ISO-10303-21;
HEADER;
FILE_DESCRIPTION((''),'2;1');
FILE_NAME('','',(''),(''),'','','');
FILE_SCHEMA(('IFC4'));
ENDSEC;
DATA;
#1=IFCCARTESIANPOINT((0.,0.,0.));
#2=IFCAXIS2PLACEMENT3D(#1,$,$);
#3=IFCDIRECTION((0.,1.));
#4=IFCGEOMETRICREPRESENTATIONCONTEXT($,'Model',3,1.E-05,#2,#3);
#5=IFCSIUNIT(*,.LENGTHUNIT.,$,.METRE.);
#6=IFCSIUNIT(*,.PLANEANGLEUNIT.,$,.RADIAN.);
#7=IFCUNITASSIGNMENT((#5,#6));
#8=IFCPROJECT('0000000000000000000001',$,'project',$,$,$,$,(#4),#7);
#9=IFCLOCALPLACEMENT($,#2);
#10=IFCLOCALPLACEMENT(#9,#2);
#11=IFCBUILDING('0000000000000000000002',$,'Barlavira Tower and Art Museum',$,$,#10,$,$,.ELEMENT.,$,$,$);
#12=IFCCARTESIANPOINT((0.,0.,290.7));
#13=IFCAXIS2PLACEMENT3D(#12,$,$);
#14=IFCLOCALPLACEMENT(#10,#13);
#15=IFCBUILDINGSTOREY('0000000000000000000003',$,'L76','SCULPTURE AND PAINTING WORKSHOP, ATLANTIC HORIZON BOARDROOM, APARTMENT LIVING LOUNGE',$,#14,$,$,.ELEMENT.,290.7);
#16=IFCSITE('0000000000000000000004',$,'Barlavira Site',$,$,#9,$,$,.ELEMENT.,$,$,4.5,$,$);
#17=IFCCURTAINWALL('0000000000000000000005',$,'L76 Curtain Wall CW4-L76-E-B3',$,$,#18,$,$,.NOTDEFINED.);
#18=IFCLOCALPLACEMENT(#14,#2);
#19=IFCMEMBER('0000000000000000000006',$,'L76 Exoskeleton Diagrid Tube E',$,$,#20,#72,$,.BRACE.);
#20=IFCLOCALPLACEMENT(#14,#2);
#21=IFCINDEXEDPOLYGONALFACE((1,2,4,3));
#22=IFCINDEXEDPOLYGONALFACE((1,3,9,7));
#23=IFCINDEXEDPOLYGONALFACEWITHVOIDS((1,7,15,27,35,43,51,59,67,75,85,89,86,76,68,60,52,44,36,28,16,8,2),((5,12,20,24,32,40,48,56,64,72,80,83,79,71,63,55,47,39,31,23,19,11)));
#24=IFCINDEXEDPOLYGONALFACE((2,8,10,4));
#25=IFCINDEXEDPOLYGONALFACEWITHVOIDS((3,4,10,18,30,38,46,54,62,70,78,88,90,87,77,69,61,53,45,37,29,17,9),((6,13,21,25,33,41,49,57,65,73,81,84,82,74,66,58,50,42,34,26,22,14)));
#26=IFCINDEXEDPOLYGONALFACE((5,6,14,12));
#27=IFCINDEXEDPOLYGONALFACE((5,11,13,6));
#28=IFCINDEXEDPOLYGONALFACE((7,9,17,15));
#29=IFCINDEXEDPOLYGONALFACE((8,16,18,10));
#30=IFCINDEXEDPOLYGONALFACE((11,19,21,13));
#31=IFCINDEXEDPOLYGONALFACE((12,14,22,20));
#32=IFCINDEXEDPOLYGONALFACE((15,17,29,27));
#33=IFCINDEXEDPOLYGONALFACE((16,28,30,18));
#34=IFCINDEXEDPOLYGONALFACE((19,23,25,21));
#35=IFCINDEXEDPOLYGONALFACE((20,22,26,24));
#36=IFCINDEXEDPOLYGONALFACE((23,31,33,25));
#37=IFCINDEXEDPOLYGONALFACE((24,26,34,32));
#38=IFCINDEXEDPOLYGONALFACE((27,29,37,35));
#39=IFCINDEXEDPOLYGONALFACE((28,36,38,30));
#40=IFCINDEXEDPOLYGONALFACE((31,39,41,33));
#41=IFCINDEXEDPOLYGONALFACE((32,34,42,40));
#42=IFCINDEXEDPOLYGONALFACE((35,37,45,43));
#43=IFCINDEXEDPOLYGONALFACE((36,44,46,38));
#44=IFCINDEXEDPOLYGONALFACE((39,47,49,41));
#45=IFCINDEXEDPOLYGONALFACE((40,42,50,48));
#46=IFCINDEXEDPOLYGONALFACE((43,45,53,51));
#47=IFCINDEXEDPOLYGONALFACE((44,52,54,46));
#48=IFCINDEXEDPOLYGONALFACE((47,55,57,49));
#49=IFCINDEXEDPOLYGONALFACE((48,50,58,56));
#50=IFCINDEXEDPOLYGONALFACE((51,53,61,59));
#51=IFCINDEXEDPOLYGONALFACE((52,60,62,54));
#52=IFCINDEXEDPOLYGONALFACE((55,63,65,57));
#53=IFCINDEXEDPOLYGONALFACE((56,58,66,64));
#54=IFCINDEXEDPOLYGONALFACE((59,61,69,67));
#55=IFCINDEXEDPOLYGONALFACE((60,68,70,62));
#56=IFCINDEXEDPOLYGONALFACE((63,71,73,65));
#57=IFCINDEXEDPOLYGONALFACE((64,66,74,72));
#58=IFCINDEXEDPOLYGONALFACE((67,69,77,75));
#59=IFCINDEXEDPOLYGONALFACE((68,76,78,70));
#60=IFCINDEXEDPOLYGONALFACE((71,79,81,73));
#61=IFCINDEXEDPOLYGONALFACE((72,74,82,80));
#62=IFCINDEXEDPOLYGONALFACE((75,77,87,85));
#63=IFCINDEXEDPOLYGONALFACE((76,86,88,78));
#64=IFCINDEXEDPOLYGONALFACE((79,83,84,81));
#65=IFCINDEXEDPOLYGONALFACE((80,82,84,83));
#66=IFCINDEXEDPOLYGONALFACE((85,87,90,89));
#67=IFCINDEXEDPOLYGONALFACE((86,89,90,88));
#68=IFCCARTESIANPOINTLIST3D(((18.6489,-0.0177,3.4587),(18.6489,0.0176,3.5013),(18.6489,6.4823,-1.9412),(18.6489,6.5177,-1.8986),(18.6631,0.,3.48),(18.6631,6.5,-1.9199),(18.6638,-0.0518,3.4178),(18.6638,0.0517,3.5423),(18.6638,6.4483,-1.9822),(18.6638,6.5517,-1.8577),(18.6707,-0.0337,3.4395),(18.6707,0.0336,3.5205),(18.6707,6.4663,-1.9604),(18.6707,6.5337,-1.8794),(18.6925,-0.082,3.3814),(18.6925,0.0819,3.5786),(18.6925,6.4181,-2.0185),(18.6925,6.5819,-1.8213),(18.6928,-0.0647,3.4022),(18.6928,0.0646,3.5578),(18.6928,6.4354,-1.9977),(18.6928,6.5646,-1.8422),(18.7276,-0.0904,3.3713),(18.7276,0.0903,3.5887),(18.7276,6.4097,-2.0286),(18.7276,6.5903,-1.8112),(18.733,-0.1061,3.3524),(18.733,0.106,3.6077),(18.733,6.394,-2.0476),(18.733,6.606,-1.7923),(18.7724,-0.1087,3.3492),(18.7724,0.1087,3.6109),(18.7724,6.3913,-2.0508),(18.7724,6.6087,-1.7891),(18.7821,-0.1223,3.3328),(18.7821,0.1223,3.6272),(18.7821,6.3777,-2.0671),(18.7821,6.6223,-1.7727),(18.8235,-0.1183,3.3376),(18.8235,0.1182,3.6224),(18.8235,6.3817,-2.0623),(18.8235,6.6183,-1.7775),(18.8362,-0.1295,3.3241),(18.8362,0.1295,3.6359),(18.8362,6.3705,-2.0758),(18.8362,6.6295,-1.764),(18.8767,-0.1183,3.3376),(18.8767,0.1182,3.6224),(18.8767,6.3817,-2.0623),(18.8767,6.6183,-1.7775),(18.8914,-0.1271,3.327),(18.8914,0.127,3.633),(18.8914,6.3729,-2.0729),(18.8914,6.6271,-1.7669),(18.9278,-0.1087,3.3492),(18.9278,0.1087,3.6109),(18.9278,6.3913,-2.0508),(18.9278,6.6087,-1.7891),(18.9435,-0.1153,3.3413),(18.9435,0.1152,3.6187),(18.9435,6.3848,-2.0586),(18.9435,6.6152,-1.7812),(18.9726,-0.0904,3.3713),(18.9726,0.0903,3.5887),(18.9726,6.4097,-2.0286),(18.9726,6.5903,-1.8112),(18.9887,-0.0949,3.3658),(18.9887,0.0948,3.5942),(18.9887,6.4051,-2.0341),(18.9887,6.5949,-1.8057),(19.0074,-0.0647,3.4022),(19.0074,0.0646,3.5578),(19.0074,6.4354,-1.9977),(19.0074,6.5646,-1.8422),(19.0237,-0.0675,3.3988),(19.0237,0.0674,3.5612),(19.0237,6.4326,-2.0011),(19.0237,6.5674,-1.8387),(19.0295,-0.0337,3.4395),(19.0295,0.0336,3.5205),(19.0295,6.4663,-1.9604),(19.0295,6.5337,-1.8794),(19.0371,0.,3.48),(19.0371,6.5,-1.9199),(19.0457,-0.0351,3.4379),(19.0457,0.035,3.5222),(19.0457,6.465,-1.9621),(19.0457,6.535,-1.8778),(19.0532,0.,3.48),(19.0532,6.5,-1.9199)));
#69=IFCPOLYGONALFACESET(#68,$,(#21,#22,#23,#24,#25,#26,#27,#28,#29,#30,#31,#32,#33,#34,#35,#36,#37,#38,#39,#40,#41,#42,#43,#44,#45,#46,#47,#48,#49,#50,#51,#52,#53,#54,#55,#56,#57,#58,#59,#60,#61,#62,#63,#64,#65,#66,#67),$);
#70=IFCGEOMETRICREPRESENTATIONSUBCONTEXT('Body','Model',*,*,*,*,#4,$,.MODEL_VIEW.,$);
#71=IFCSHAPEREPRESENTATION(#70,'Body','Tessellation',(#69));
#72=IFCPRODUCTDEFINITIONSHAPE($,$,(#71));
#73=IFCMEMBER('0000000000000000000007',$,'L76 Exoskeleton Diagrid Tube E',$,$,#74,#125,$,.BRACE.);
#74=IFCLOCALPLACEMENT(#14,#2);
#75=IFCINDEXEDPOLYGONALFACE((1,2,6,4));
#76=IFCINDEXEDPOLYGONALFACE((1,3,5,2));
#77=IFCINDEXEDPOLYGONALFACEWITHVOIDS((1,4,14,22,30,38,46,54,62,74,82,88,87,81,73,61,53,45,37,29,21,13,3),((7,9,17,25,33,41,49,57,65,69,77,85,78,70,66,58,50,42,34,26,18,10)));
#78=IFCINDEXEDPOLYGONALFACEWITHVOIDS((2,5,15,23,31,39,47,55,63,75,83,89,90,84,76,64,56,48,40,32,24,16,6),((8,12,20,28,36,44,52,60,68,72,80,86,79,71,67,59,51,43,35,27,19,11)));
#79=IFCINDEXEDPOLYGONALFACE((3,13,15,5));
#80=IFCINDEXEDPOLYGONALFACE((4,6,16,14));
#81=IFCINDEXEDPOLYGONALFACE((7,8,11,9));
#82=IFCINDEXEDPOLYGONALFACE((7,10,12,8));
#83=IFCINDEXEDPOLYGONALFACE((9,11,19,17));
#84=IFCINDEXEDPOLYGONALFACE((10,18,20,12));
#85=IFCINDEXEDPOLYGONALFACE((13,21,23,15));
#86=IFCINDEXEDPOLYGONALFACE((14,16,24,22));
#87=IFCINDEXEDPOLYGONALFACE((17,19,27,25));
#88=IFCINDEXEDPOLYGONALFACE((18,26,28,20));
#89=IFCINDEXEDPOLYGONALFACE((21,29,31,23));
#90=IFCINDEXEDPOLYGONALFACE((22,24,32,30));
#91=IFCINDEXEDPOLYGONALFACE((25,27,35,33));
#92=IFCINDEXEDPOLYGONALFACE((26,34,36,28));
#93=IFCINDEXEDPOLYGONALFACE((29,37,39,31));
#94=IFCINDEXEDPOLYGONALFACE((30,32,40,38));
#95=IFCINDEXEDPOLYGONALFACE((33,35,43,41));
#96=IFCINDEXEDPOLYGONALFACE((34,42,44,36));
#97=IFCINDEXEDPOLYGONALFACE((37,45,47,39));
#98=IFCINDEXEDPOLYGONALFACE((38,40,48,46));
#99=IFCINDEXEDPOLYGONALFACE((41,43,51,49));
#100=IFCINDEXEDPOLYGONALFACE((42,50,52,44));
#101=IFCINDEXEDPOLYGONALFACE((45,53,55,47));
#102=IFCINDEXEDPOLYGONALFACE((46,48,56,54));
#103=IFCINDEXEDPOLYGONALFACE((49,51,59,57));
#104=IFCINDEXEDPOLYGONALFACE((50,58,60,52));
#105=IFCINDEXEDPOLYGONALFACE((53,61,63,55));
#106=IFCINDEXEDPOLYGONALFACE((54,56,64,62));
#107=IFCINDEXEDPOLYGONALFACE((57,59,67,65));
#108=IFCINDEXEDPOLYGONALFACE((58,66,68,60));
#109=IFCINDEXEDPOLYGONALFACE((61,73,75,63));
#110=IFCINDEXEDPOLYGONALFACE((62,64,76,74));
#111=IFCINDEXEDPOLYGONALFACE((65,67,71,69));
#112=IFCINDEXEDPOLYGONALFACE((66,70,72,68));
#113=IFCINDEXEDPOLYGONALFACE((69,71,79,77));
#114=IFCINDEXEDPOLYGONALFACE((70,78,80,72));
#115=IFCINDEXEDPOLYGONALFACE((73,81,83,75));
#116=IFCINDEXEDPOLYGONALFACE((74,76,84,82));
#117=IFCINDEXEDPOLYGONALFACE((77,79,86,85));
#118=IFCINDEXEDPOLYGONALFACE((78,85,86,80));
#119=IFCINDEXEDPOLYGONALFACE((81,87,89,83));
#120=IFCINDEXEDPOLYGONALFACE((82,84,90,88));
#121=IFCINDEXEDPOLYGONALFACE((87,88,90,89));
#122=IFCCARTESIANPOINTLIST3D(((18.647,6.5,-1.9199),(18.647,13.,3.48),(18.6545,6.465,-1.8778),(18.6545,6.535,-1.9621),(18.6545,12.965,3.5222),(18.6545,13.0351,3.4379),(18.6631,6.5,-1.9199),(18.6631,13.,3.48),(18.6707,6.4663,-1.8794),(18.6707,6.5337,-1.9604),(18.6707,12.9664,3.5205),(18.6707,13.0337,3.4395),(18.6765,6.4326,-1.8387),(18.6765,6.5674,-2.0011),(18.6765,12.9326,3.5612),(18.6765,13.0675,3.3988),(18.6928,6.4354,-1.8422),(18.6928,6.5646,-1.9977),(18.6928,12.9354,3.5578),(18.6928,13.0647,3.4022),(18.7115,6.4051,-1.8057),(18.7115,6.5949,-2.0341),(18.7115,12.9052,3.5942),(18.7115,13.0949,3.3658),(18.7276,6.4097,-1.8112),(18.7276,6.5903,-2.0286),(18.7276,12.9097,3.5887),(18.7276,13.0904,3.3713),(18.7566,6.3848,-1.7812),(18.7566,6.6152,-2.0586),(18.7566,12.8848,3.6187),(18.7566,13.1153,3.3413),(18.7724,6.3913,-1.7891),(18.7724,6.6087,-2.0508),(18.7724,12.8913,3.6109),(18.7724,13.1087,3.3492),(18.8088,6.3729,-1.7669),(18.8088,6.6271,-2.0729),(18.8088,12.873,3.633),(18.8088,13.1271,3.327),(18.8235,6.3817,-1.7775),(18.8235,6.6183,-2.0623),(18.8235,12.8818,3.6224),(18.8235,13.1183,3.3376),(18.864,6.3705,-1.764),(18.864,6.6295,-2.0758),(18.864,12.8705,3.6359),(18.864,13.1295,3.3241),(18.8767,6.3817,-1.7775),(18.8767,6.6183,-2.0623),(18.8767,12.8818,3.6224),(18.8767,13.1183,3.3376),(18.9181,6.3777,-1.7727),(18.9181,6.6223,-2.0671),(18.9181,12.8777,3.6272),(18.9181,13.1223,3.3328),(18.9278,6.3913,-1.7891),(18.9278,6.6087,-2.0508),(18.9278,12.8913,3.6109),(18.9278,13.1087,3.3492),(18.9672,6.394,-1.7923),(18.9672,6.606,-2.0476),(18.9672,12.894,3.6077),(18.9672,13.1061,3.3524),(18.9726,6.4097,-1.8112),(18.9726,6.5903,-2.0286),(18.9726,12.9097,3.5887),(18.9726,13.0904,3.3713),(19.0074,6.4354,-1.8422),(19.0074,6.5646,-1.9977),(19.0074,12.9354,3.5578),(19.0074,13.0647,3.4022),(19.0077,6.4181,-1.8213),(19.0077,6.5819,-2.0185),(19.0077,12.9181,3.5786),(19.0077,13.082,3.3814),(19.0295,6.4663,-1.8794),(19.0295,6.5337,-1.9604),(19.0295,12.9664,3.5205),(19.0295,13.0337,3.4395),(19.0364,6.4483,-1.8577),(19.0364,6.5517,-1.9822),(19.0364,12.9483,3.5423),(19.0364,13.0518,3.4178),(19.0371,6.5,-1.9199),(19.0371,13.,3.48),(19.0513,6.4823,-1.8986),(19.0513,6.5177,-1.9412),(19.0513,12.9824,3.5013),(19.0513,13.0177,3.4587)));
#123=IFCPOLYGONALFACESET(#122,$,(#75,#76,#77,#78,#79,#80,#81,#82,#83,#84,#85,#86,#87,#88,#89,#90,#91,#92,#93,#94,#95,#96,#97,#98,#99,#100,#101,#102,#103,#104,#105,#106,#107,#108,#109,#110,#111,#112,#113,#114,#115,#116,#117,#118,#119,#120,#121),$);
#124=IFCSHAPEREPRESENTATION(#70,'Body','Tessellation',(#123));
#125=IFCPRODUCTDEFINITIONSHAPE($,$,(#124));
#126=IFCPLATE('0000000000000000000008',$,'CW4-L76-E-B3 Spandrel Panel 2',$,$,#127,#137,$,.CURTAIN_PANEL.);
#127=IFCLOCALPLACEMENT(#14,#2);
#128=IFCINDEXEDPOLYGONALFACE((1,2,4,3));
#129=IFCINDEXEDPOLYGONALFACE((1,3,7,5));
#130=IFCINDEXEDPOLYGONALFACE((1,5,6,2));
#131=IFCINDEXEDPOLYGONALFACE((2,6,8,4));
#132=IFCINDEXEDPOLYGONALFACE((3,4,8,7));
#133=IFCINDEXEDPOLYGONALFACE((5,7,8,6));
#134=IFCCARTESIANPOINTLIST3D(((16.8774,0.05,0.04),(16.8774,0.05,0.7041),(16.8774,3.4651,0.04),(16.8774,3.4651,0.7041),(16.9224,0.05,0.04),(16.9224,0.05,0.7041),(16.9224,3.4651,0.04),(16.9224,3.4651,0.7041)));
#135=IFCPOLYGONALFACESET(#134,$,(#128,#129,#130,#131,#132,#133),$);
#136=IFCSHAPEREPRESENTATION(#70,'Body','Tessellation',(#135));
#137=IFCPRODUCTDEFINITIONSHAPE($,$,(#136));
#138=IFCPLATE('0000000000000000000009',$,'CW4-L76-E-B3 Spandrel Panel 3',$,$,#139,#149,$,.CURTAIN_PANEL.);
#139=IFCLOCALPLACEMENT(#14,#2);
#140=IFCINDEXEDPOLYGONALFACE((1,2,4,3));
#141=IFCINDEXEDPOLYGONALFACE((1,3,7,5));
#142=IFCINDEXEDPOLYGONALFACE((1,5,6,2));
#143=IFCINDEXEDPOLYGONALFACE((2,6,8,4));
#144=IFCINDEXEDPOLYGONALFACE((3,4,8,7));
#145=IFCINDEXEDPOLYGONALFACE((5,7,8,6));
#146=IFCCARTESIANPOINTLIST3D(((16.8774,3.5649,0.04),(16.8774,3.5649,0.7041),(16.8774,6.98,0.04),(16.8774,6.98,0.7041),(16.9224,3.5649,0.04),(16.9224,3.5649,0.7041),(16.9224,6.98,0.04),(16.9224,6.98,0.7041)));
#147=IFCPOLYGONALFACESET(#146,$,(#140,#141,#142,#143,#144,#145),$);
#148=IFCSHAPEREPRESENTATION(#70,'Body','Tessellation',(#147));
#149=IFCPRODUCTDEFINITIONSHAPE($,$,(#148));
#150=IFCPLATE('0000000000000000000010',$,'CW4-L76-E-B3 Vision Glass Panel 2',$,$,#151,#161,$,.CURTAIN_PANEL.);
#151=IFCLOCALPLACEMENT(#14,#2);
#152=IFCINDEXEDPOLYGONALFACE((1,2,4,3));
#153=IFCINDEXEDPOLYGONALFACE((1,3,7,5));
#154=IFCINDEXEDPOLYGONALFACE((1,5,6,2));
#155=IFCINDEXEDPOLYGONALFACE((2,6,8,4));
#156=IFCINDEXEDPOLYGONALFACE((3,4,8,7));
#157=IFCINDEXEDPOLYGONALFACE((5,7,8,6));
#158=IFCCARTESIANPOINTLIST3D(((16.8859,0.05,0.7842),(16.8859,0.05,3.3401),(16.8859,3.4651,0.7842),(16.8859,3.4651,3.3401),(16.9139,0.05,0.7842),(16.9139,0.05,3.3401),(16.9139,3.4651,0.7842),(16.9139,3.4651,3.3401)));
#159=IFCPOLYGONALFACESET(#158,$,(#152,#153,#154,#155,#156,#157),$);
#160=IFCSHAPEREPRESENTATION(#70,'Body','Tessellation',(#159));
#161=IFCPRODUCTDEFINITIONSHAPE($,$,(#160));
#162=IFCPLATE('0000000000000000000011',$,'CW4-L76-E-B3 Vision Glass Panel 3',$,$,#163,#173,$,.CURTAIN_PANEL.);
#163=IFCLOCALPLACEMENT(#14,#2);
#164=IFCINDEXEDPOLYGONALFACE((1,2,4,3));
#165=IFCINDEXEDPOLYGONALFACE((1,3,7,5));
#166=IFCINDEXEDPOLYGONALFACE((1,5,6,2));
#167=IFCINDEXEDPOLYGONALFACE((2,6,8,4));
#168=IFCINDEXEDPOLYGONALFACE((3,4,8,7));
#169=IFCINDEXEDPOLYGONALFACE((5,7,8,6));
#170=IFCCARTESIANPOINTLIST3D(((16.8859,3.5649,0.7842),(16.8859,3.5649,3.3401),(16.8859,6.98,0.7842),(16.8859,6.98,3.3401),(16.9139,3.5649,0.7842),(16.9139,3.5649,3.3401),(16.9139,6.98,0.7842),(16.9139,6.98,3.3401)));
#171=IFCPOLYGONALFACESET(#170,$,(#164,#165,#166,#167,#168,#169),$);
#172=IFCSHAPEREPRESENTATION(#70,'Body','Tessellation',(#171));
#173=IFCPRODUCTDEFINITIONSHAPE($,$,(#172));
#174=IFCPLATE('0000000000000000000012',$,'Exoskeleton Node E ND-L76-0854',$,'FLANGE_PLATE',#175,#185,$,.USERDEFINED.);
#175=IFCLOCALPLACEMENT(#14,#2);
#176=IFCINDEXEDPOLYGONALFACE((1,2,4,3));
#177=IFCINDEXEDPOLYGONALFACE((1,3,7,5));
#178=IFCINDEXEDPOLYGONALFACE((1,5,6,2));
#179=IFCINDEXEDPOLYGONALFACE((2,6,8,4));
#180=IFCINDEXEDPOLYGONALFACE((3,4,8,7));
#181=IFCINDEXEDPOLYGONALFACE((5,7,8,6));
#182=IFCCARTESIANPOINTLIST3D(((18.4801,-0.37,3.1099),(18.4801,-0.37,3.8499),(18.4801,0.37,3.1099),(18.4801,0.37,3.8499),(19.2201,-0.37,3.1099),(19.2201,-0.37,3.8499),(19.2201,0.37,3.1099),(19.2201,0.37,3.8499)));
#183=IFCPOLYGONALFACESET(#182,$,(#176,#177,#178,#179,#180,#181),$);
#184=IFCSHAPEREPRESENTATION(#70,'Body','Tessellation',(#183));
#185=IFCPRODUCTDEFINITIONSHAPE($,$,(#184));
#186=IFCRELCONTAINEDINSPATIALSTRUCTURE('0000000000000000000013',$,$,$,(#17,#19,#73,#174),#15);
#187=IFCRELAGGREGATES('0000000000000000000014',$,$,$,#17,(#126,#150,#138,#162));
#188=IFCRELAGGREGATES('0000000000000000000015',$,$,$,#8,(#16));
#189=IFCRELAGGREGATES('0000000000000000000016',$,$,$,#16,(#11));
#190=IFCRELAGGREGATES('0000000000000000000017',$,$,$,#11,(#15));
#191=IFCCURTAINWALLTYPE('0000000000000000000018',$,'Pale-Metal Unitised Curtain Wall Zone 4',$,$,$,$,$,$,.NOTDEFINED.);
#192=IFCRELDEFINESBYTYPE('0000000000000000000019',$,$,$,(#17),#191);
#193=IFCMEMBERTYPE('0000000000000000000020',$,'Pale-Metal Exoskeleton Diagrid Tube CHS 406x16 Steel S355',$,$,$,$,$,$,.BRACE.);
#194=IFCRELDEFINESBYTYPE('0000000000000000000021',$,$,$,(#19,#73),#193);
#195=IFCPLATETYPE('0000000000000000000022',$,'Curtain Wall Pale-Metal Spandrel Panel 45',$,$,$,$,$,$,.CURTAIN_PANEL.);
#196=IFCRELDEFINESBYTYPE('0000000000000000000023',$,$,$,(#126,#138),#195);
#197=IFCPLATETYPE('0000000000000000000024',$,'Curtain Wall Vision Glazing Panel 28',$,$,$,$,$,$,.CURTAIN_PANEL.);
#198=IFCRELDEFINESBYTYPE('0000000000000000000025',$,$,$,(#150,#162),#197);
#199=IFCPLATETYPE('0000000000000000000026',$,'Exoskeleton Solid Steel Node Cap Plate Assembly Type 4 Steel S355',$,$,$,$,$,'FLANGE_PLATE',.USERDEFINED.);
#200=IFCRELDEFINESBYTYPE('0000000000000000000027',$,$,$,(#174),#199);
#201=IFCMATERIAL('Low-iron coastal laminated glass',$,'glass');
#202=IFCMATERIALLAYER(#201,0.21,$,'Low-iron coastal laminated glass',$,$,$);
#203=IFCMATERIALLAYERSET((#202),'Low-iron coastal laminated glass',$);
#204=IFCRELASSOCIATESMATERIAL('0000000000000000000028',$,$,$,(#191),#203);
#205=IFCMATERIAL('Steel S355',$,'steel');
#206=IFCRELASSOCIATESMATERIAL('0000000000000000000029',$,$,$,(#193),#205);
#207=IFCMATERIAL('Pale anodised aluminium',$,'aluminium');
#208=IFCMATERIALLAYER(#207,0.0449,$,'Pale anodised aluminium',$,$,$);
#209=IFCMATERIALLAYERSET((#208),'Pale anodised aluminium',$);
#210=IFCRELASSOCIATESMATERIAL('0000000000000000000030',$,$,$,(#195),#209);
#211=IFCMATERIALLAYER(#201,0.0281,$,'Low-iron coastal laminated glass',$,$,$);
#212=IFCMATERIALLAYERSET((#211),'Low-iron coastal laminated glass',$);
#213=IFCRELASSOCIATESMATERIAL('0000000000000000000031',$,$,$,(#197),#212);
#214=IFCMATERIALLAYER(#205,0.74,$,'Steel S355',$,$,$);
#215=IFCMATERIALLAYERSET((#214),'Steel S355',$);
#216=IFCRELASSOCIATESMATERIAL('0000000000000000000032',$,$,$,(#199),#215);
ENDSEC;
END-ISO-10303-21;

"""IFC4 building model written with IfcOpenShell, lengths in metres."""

from ifc_helpers import new_model, si_unit, direction, frame, origin, origin_2d, place, context, subcontext, project, spatial, rectangle, hollow_circle, extrude, material, layer, layer_set, material_profile, profile_set, type_object, element, aggregate, save


model = new_model("IFC4")

# Units and contexts
model_context = context("Model", 3, precision=1e-05, world=origin(), true_north=direction((0.0, 1.0)))
body_context = subcontext(model_context, "Body", "Model", "MODEL_VIEW")
ifc_project = project(units=[si_unit("LENGTHUNIT", "METRE"), si_unit("PLANEANGLEUNIT", "RADIAN")], contexts=[model_context])

# Site, building, storey
site_placement = place(None, origin())
site = spatial("IfcSite", under=ifc_project, at=site_placement, Name="Barlavira Site", CompositionType="ELEMENT", RefElevation=4.5)
building_placement = place(site_placement, origin())
building = spatial("IfcBuilding", under=site, at=building_placement, Name="Barlavira Tower and Art Museum", CompositionType="ELEMENT")
storey_placement = place(building_placement, frame((0.0, 0.0, 290.7)))
storey = spatial("IfcBuildingStorey", under=building, at=storey_placement, Name="L76", Description="SCULPTURE AND PAINTING WORKSHOP, ATLANTIC HORIZON BOARDROOM, APARTMENT LIVING LOUNGE", CompositionType="ELEMENT", Elevation=290.7)

# Curtain wall
ifc_material_1 = material(Name="Low-iron coastal laminated glass", Category="glass")
ifc_layer_1 = layer(ifc_material_1, 0.21, Name="Low-iron coastal laminated glass")
ifc_layer_set_1 = layer_set([ifc_layer_1], Name="Low-iron coastal laminated glass")
curtain_wall_type = type_object("IfcCurtainWallType", Name="Pale-Metal Unitised Curtain Wall Zone 4", PredefinedType="NOTDEFINED", material=ifc_layer_set_1)
curtain_wall_placement = place(storey_placement, origin())
curtain_wall = element("IfcCurtainWall", 1, at=curtain_wall_placement, inside=storey, type_object=curtain_wall_type, Name="L76 Curtain Wall CW4-L76-E-B3", PredefinedType="NOTDEFINED")
ifc_material_2 = material(Name="Pale anodised aluminium", Category="aluminium")

# Members
ifc_material_3 = material(Name="Steel S355", Category="steel")
ifc_material_profile_1 = material_profile(ifc_material_3, hollow_circle(Radius=0.2031, WallThickness=0.0161, at=origin_2d()), Name="CHS 406.4x16.0")
ifc_profile_set_1 = profile_set([ifc_material_profile_1], Name="Steel S355")
member_type_1 = type_object("IfcMemberType", Name="Pale-Metal Exoskeleton Diagrid Tube CHS 406x16 Steel S355", PredefinedType="BRACE", material=ifc_profile_set_1)
for number, where, z_axis, x_axis, name in (
    (2, (18.8501, 6.5, -1.9199), (0.0, -0.769196, 0.639013), (1.0, 0.0, 0.0), "L76 Exoskeleton Diagrid Tube E"),
    (3, (18.8501, 6.5, -1.9199), (0.0, 0.769196, 0.639013), (-1.0, 0.0, 0.0), "L76 Exoskeleton Diagrid Tube E"),
):
    element("IfcMember", number, at=place(storey_placement, frame(where, z_axis=z_axis, x_axis=x_axis)), inside=storey, type_object=member_type_1, Name=name, PredefinedType="BRACE", context=body_context, shape_type="SweptSolid", body=[
        extrude(hollow_circle(Radius=0.2031, WallThickness=0.0161, at=origin_2d()), origin(), (0.0, 0.0, 1.0), 8.4504),
    ])

# Plates
ifc_layer_2 = layer(ifc_material_2, 0.0449, Name="Pale anodised aluminium")
ifc_layer_set_2 = layer_set([ifc_layer_2], Name="Pale anodised aluminium")
plate_type_1 = type_object("IfcPlateType", Name="Curtain Wall Pale-Metal Spandrel Panel 45", PredefinedType="CURTAIN_PANEL", material=ifc_layer_set_2)
plate_1_placement = place(storey_placement, frame((16.8999, 1.7576, 0.04), z_axis=(0.0, 0.0, 1.0), x_axis=(0.0, 1.0, 0.0)))
plate_1 = element("IfcPlate", 4, at=plate_1_placement, type_object=plate_type_1, Name="CW4-L76-E-B3 Spandrel Panel 2", PredefinedType="CURTAIN_PANEL", context=body_context, shape_type="SweptSolid", body=[
    extrude(rectangle(XDim=3.415, YDim=0.0449, at=origin_2d()), origin(), (0.0, 0.0, 1.0), 0.6641),
])
plate_2_placement = place(storey_placement, frame((16.8999, 5.2725, 0.04), z_axis=(0.0, 0.0, 1.0), x_axis=(0.0, 1.0, 0.0)))
plate_2 = element("IfcPlate", 5, at=plate_2_placement, type_object=plate_type_1, Name="CW4-L76-E-B3 Spandrel Panel 3", PredefinedType="CURTAIN_PANEL", context=body_context, shape_type="SweptSolid", body=[
    extrude(rectangle(XDim=3.415, YDim=0.0449, at=origin_2d()), origin(), (0.0, 0.0, 1.0), 0.6641),
])
ifc_layer_3 = layer(ifc_material_1, 0.0281, Name="Low-iron coastal laminated glass")
ifc_layer_set_3 = layer_set([ifc_layer_3], Name="Low-iron coastal laminated glass")
plate_type_2 = type_object("IfcPlateType", Name="Curtain Wall Vision Glazing Panel 28", PredefinedType="CURTAIN_PANEL", material=ifc_layer_set_3)
plate_3_placement = place(storey_placement, frame((16.8999, 1.7576, 0.7842), z_axis=(0.0, 0.0, 1.0), x_axis=(0.0, 1.0, 0.0)))
plate_3 = element("IfcPlate", 6, at=plate_3_placement, type_object=plate_type_2, Name="CW4-L76-E-B3 Vision Glass Panel 2", PredefinedType="CURTAIN_PANEL", context=body_context, shape_type="SweptSolid", body=[
    extrude(rectangle(XDim=3.415, YDim=0.0281, at=origin_2d()), origin(), (0.0, 0.0, 1.0), 2.5559),
])
plate_4_placement = place(storey_placement, frame((16.8999, 5.2725, 0.7842), z_axis=(0.0, 0.0, 1.0), x_axis=(0.0, 1.0, 0.0)))
plate_4 = element("IfcPlate", 7, at=plate_4_placement, type_object=plate_type_2, Name="CW4-L76-E-B3 Vision Glass Panel 3", PredefinedType="CURTAIN_PANEL", context=body_context, shape_type="SweptSolid", body=[
    extrude(rectangle(XDim=3.415, YDim=0.0281, at=origin_2d()), origin(), (0.0, 0.0, 1.0), 2.5559),
])
aggregate(curtain_wall, [plate_1, plate_3, plate_2, plate_4])
ifc_layer_4 = layer(ifc_material_3, 0.74, Name="Steel S355")
ifc_layer_set_4 = layer_set([ifc_layer_4], Name="Steel S355")
plate_type_3 = type_object("IfcPlateType", Name="Exoskeleton Solid Steel Node Cap Plate Assembly Type 4 Steel S355", ElementType="FLANGE_PLATE", PredefinedType="USERDEFINED", material=ifc_layer_set_4)
plate_5_placement = place(storey_placement, frame((18.8501, 0.0, 3.1099), z_axis=(0.0, 0.0, 1.0), x_axis=(1.0, 0.0, 0.0)))
element("IfcPlate", 8, at=plate_5_placement, inside=storey, type_object=plate_type_3, Name="Exoskeleton Node E ND-L76-0854", ObjectType="FLANGE_PLATE", PredefinedType="USERDEFINED", context=body_context, shape_type="SweptSolid", body=[
    extrude(rectangle(XDim=0.74, YDim=0.74, at=origin_2d()), origin(), (0.0, 0.0, 1.0), 0.74),
])

save(model, "model.ifc")
